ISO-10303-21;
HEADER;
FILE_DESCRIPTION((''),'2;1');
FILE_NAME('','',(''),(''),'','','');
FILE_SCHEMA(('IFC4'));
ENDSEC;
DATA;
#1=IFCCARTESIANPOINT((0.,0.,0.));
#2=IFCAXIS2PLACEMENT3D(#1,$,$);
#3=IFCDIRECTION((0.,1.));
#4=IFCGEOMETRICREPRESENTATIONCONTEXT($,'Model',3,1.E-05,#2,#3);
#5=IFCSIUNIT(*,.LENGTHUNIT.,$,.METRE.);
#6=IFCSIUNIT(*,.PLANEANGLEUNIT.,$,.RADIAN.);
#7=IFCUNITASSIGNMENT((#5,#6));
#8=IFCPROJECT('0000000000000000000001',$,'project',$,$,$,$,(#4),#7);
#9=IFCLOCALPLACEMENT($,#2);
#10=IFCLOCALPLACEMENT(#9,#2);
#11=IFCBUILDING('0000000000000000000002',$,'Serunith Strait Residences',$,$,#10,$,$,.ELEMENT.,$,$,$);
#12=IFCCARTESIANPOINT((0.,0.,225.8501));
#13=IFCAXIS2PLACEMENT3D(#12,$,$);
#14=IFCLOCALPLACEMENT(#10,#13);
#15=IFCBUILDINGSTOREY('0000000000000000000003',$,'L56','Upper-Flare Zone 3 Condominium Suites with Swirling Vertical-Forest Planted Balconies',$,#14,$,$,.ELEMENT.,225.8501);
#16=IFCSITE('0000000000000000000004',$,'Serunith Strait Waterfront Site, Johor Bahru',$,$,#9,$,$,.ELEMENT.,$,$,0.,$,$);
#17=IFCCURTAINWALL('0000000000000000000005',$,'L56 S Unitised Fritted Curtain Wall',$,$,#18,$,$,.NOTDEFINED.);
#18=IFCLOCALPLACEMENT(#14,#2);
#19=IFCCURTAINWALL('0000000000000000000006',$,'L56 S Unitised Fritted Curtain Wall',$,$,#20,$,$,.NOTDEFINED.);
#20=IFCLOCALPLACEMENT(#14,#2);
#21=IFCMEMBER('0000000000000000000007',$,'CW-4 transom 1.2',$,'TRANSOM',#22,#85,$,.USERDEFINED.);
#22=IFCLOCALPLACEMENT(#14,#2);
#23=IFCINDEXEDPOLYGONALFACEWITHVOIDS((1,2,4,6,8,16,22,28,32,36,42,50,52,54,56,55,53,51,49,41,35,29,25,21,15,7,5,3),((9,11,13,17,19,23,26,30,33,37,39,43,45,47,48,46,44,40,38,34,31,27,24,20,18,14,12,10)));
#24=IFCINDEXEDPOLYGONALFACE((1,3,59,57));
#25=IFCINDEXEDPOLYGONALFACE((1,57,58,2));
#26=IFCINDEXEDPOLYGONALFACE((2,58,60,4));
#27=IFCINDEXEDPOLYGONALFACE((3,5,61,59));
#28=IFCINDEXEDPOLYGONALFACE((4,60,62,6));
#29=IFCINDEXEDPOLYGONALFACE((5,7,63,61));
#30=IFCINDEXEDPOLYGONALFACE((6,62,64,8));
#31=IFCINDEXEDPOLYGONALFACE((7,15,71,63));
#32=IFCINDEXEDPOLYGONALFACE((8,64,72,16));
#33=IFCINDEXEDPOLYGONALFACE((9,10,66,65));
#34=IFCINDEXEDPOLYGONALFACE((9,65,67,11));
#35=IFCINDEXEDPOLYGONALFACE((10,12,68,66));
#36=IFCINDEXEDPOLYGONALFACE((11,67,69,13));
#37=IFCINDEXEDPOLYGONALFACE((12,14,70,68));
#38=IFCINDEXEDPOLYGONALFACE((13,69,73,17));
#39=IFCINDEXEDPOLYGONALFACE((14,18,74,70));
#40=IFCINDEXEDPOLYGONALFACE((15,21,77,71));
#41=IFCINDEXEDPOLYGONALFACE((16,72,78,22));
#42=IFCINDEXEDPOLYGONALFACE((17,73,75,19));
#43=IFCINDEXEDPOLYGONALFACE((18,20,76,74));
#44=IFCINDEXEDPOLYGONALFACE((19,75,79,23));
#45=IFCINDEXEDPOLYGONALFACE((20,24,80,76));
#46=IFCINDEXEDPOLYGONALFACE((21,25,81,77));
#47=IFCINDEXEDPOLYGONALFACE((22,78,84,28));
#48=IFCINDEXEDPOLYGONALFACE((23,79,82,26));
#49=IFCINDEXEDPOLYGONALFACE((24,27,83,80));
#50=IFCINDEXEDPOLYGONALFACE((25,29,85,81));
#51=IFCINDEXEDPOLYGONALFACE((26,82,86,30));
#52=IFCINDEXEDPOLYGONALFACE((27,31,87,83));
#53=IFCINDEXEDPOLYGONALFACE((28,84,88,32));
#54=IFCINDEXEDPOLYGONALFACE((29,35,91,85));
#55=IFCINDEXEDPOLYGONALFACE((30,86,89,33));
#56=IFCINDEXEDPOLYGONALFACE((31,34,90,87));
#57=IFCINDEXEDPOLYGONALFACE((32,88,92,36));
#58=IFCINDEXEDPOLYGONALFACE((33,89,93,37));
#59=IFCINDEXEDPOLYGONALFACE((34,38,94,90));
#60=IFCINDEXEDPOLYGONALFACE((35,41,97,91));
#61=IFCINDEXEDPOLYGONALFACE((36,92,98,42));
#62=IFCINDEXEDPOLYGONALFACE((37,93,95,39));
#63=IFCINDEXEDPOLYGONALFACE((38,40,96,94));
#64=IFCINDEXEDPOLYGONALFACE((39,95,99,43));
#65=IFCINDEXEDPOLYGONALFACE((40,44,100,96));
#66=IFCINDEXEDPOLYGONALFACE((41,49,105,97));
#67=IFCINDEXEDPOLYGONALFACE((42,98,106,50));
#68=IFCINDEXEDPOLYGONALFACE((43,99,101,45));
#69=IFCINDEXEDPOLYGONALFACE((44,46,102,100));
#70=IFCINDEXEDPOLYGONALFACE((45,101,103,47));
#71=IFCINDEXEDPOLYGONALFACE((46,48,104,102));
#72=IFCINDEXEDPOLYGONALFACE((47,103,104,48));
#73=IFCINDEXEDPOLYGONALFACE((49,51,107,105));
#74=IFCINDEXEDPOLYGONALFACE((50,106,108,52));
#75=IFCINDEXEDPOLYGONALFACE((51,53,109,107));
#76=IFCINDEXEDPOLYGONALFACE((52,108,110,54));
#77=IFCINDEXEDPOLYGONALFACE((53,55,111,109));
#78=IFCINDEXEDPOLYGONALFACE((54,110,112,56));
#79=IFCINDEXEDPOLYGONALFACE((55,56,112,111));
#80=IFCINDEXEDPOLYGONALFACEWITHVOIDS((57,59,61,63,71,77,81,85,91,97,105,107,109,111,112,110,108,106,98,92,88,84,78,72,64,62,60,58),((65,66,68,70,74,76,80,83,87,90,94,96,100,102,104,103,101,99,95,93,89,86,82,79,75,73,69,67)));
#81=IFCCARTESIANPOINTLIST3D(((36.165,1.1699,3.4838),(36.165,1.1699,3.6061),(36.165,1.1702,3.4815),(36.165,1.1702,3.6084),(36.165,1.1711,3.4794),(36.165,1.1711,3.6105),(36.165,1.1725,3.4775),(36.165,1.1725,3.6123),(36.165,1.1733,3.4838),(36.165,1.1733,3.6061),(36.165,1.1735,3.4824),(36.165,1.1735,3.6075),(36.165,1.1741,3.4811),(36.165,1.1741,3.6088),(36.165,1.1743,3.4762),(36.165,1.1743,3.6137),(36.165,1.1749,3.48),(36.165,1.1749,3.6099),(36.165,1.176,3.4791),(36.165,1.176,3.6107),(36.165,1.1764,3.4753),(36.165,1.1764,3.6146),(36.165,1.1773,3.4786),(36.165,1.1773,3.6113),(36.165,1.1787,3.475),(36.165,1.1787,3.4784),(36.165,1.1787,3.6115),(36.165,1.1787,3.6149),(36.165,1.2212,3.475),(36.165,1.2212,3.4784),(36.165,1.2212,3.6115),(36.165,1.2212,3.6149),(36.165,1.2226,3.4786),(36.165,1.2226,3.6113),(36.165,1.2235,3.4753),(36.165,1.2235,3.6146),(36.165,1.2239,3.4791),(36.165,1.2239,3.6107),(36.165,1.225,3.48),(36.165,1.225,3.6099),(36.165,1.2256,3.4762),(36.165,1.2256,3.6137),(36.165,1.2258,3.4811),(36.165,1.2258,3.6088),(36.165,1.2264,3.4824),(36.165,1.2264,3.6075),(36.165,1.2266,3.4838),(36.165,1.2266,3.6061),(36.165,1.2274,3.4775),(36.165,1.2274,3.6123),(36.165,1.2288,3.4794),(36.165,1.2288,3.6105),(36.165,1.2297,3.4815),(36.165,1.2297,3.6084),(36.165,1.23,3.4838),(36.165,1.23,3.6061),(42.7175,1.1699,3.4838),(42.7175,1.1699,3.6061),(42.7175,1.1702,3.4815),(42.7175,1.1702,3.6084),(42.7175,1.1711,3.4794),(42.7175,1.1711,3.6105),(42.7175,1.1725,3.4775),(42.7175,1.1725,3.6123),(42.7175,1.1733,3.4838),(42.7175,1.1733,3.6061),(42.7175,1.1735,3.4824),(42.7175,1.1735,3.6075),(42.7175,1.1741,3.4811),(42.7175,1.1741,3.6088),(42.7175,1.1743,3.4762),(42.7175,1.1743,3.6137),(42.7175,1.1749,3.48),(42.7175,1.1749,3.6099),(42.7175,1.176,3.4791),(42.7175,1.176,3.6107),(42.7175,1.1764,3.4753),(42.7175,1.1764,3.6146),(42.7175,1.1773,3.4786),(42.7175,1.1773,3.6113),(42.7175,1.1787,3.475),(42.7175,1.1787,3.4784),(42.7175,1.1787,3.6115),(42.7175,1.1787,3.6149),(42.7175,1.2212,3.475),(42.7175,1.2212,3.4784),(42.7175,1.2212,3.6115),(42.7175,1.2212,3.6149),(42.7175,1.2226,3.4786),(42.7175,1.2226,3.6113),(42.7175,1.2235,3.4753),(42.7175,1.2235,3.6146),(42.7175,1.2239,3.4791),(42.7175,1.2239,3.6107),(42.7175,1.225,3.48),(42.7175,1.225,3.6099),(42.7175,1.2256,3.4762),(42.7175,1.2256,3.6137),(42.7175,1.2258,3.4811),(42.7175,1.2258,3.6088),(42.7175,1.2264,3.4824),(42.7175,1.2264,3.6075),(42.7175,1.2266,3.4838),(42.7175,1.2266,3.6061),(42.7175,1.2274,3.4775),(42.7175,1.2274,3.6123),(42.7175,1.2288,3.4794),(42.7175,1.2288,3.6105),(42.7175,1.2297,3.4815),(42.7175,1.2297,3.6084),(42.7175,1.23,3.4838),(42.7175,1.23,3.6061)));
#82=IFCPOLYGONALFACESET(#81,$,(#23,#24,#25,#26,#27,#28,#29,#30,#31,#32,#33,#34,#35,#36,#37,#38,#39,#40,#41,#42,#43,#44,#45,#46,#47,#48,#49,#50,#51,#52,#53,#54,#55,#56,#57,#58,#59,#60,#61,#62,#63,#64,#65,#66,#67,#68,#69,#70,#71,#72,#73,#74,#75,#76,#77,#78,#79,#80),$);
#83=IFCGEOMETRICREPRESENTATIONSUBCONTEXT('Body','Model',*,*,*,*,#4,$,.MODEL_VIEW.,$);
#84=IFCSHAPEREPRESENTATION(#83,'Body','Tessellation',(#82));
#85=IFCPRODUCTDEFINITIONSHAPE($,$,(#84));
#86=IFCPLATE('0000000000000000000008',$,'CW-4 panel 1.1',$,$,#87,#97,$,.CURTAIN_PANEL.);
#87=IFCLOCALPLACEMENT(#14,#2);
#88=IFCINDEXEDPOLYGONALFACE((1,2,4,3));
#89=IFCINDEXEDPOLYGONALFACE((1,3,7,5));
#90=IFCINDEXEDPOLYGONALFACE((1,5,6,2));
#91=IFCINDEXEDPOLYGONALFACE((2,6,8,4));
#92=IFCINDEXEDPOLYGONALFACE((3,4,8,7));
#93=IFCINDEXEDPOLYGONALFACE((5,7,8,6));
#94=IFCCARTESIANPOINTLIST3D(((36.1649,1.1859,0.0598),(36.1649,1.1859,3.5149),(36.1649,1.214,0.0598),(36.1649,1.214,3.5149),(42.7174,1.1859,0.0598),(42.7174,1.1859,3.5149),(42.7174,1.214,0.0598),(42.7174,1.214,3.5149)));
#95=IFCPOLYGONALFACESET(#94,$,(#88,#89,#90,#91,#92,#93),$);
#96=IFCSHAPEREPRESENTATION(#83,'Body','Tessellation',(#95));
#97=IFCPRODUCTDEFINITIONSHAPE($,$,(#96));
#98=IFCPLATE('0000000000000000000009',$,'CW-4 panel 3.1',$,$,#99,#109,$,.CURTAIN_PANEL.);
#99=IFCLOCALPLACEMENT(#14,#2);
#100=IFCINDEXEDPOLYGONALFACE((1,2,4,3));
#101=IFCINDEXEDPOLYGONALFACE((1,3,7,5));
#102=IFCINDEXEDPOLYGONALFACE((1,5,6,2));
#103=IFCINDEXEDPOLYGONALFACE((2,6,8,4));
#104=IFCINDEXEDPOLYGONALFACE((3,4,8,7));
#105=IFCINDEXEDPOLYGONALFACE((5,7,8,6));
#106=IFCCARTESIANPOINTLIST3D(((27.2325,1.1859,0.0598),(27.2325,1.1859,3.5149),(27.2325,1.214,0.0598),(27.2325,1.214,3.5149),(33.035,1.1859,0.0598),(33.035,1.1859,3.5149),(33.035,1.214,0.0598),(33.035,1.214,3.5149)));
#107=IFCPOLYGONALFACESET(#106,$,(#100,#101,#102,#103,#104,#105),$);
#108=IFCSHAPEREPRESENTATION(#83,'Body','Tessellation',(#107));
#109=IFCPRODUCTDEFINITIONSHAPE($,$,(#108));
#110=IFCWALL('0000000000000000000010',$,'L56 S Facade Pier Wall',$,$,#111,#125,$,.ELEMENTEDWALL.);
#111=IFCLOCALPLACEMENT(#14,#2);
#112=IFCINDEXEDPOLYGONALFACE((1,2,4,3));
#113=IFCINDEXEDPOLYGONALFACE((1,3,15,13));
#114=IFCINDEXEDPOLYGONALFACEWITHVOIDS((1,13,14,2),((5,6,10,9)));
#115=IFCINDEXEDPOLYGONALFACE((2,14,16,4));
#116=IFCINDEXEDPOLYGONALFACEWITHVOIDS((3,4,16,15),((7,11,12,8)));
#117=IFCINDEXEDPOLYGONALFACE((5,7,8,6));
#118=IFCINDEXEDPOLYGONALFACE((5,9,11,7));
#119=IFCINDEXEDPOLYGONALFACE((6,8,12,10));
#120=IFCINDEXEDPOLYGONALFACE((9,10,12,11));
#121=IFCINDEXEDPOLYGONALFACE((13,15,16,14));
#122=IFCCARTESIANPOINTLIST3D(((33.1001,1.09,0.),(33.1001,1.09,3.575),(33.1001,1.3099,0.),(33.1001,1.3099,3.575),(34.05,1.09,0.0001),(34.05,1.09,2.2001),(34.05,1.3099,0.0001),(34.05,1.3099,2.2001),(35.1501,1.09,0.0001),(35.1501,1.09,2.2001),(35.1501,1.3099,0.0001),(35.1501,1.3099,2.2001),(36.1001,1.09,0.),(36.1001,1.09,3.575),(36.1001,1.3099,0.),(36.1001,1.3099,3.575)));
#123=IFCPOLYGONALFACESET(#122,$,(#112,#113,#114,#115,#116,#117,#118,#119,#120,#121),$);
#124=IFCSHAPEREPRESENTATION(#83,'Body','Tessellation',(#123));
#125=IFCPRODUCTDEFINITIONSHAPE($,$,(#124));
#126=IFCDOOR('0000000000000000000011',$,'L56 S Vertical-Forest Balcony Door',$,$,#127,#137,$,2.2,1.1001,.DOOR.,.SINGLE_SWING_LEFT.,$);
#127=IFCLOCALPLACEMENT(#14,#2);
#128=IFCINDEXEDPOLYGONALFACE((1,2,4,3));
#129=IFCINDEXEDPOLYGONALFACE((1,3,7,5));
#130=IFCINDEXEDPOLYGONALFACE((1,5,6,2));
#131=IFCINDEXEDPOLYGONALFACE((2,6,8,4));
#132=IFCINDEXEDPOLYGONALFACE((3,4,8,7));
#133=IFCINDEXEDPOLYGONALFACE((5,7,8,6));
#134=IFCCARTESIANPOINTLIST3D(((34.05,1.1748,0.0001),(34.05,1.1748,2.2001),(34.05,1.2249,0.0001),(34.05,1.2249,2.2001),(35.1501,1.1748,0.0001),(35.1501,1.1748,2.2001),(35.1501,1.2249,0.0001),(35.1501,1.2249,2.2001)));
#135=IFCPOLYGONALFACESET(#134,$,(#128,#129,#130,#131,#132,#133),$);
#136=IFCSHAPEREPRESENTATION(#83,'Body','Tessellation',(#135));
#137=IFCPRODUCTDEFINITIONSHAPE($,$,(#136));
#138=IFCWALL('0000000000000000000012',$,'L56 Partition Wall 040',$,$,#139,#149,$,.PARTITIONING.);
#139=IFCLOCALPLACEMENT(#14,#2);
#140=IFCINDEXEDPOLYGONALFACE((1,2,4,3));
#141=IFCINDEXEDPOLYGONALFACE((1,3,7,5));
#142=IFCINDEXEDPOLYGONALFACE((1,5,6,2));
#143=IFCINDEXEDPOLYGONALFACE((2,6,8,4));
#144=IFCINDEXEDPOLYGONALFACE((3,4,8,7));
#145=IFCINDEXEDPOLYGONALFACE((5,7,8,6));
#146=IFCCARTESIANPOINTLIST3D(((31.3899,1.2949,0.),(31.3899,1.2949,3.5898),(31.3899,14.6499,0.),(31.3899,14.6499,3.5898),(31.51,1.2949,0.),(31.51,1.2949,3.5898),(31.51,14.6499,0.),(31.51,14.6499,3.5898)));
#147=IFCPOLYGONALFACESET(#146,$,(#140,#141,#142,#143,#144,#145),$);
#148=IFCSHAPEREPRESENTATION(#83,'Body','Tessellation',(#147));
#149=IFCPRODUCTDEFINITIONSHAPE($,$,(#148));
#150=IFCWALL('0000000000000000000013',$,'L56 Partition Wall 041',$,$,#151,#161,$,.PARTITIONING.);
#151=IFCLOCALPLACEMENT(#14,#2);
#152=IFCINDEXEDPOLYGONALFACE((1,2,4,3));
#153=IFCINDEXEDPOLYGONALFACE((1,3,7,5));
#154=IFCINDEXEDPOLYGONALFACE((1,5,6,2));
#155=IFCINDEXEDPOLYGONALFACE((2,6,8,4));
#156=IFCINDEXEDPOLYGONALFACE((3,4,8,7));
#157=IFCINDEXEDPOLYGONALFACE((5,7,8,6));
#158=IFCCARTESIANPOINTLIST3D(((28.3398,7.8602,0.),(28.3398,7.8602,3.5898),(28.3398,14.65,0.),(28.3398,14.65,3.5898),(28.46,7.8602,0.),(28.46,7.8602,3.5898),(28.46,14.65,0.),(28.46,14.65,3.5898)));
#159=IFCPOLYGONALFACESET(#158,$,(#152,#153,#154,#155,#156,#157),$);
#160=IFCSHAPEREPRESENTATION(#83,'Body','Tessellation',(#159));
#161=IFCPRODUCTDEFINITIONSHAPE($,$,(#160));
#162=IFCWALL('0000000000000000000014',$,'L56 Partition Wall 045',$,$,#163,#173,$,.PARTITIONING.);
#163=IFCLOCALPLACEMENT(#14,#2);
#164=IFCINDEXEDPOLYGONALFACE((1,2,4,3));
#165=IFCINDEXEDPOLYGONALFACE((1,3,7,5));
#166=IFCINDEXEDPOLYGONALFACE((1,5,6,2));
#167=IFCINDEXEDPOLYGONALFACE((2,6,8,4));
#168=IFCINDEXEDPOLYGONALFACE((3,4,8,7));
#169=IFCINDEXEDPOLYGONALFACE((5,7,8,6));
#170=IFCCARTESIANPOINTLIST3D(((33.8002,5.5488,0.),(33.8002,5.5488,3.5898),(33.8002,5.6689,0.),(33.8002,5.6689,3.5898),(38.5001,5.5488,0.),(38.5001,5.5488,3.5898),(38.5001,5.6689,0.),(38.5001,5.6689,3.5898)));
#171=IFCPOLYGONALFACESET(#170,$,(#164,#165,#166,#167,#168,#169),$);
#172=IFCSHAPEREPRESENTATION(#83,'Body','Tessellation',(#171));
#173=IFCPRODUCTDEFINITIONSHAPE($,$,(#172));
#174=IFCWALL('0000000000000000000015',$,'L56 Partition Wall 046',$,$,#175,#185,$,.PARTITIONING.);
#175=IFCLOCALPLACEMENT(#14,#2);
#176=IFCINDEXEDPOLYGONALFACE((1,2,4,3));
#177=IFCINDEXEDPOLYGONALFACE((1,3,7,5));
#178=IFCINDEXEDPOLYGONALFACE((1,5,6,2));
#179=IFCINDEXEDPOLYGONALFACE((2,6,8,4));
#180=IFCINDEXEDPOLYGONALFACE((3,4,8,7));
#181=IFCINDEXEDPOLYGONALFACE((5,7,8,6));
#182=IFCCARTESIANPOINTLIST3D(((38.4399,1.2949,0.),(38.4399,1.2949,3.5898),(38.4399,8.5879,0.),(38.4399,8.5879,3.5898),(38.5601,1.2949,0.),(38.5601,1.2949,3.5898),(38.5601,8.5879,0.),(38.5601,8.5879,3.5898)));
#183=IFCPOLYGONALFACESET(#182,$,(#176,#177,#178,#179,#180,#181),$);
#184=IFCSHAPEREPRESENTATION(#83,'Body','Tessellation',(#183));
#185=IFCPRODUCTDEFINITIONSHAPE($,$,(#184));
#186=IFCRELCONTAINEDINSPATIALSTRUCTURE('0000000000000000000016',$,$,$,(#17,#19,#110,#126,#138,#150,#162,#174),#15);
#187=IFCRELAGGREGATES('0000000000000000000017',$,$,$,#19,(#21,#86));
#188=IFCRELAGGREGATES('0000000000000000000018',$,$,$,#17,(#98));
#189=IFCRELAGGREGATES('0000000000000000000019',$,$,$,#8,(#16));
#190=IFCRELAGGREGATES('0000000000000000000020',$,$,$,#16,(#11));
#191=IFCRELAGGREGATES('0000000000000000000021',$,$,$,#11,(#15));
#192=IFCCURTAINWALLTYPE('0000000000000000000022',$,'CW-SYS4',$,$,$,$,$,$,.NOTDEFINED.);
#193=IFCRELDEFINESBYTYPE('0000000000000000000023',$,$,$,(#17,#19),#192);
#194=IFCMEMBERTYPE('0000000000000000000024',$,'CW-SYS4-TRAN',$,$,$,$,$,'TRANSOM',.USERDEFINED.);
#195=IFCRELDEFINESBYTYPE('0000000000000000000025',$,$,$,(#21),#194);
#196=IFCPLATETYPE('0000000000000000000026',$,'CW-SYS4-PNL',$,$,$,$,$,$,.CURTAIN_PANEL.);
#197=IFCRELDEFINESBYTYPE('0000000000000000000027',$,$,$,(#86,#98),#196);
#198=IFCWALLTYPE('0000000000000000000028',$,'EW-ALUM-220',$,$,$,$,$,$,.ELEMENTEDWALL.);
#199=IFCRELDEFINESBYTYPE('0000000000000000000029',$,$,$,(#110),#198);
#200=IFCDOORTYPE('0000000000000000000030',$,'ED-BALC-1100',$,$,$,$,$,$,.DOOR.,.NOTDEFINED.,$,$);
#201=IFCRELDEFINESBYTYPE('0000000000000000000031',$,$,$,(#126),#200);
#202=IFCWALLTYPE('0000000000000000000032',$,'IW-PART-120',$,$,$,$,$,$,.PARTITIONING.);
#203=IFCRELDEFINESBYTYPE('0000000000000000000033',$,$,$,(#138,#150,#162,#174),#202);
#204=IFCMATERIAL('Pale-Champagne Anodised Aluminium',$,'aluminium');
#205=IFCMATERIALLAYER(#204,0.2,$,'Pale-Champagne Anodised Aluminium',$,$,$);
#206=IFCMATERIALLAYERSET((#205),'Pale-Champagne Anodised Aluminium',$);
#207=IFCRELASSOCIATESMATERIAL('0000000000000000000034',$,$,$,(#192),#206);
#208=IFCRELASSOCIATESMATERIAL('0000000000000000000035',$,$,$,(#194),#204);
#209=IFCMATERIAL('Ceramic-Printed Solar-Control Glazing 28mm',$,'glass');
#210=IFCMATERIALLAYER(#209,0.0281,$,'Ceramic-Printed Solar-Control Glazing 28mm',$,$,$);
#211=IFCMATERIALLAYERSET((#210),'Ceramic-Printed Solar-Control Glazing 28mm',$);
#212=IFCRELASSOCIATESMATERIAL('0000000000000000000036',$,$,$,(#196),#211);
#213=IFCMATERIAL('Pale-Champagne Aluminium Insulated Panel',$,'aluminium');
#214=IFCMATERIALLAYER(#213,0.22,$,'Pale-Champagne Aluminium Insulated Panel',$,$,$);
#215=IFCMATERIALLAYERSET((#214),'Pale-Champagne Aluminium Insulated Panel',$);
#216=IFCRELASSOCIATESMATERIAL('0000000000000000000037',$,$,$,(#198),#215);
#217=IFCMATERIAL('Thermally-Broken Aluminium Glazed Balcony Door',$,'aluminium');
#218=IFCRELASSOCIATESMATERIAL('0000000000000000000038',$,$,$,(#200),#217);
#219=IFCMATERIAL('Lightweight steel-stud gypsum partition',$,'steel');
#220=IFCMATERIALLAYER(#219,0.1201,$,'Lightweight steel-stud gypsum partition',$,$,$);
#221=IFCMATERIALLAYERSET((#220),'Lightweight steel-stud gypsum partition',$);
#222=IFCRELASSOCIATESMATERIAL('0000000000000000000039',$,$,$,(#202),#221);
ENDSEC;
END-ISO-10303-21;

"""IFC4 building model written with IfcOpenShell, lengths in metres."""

from ifc_helpers import new_model, si_unit, direction, frame, frame_2d, origin, origin_2d, place, context, subcontext, project, spatial, rectangle, hollow_rectangle, extrude, source, transform, mapped, material, layer, layer_set, material_profile, profile_set, type_object, element, fill, aggregate, save


model = new_model("IFC4")

# Units and contexts
model_context = context("Model", 3, precision=1e-05, world=origin(), true_north=direction((0.0, 1.0)))
body_context = subcontext(model_context, "Body", "Model", "MODEL_VIEW")
ifc_project = project(units=[si_unit("LENGTHUNIT", "METRE"), si_unit("PLANEANGLEUNIT", "RADIAN")], contexts=[model_context])

# Site, building, storey
site_placement = place(None, origin())
site = spatial("IfcSite", under=ifc_project, at=site_placement, Name="Serunith Strait Waterfront Site, Johor Bahru", CompositionType="ELEMENT", RefElevation=0.0)
building_placement = place(site_placement, origin())
building = spatial("IfcBuilding", under=site, at=building_placement, Name="Serunith Strait Residences", CompositionType="ELEMENT")
storey_placement = place(building_placement, frame((0.0, 0.0, 225.8501)))
storey = spatial("IfcBuildingStorey", under=building, at=storey_placement, Name="L56", Description="Upper-Flare Zone 3 Condominium Suites with Swirling Vertical-Forest Planted Balconies", CompositionType="ELEMENT", Elevation=225.8501)

# Curtain wall
ifc_material_1 = material(Name="Pale-Champagne Anodised Aluminium", Category="aluminium")
ifc_layer_1 = layer(ifc_material_1, 0.2, Name="Pale-Champagne Anodised Aluminium")
ifc_layer_set_1 = layer_set([ifc_layer_1], Name="Pale-Champagne Anodised Aluminium")
curtain_wall_type = type_object("IfcCurtainWallType", Name="CW-SYS4", PredefinedType="NOTDEFINED", material=ifc_layer_set_1)
curtain_wall_1_placement = place(storey_placement, origin())
curtain_wall_1 = element("IfcCurtainWall", 1, at=curtain_wall_1_placement, inside=storey, type_object=curtain_wall_type, Name="L56 S Unitised Fritted Curtain Wall", PredefinedType="NOTDEFINED")

# Curtain wall, member, plate
curtain_wall_2_placement = place(storey_placement, origin())
curtain_wall_2 = element("IfcCurtainWall", 2, at=curtain_wall_2_placement, inside=storey, type_object=curtain_wall_type, Name="L56 S Unitised Fritted Curtain Wall", PredefinedType="NOTDEFINED")
ifc_material_profile_1 = material_profile(ifc_material_1, hollow_rectangle(XDim=0.0601, YDim=0.1399, WallThickness=0.0034, InnerFilletRadius=0.0054, OuterFilletRadius=0.0088, at=origin_2d()), Name="ALU 140x60x3.5")
ifc_profile_set_1 = profile_set([ifc_material_profile_1], Name="Pale-Champagne Anodised Aluminium")
member_type_1 = type_object("IfcMemberType", Name="CW-SYS4-TRAN", ElementType="TRANSOM", PredefinedType="USERDEFINED", material=ifc_profile_set_1)
shared_shape_1 = source(origin(), body_context, "Body", "SweptSolid", [
    extrude(hollow_rectangle(XDim=0.0601, YDim=0.1399, WallThickness=0.0034, InnerFilletRadius=0.0054, OuterFilletRadius=0.0088, at=origin_2d()), origin(), (0.0, 0.0, 1.0), 6.5525),
])
member_1_placement = place(storey_placement, frame((36.165, 1.2, 3.5449), z_axis=(1.0, 0.0, 0.0), x_axis=(0.0, 1.0, 0.0)))
member_1 = element("IfcMember", 3, at=member_1_placement, type_object=member_type_1, Name="CW-4 transom 1.2", ObjectType="TRANSOM", PredefinedType="USERDEFINED", context=body_context, shape_type="MappedRepresentation", body=[
    mapped(shared_shape_1, transform((0.0, 0.0, 0.0), scale=1.0)),
])
ifc_material_2 = material(Name="Ceramic-Printed Solar-Control Glazing 28mm", Category="glass")
ifc_layer_2 = layer(ifc_material_2, 0.0281, Name="Ceramic-Printed Solar-Control Glazing 28mm")
ifc_layer_set_2 = layer_set([ifc_layer_2], Name="Ceramic-Printed Solar-Control Glazing 28mm")
plate_type = type_object("IfcPlateType", Name="CW-SYS4-PNL", PredefinedType="CURTAIN_PANEL", material=ifc_layer_set_2)
shared_shape_2 = source(origin(), body_context, "Body", "SweptSolid", [
    extrude(rectangle(XDim=6.5525, YDim=0.0281, at=origin_2d()), origin(), (0.0, 0.0, 1.0), 3.4551),
])
plate_1_placement = place(storey_placement, frame((39.4412, 1.2, 0.0598), z_axis=(0.0, 0.0, 1.0), x_axis=(1.0, 0.0, 0.0)))
plate_1 = element("IfcPlate", 4, at=plate_1_placement, type_object=plate_type, Name="CW-4 panel 1.1", PredefinedType="CURTAIN_PANEL", context=body_context, shape_type="MappedRepresentation", body=[
    mapped(shared_shape_2, transform((0.0, 0.0, 0.0), scale=1.0)),
])
aggregate(curtain_wall_2, [member_1, plate_1])

# Plate
shared_shape_3 = source(origin(), body_context, "Body", "SweptSolid", [
    extrude(rectangle(XDim=5.8025, YDim=0.0281, at=origin_2d()), origin(), (0.0, 0.0, 1.0), 3.4551),
])
plate_2_placement = place(storey_placement, frame((30.1338, 1.2, 0.0598), z_axis=(0.0, 0.0, 1.0), x_axis=(1.0, 0.0, 0.0)))
plate_2 = element("IfcPlate", 5, at=plate_2_placement, type_object=plate_type, Name="CW-4 panel 3.1", PredefinedType="CURTAIN_PANEL", context=body_context, shape_type="MappedRepresentation", body=[
    mapped(shared_shape_3, transform((0.0, 0.0, 0.0), scale=1.0)),
])
aggregate(curtain_wall_1, [plate_2])

# Wall, opening, door
ifc_material_3 = material(Name="Pale-Champagne Aluminium Insulated Panel", Category="aluminium")
ifc_layer_3 = layer(ifc_material_3, 0.22, Name="Pale-Champagne Aluminium Insulated Panel")
ifc_layer_set_3 = layer_set([ifc_layer_3], Name="Pale-Champagne Aluminium Insulated Panel")
wall_type_1 = type_object("IfcWallType", Name="EW-ALUM-220", PredefinedType="ELEMENTEDWALL", material=ifc_layer_set_3)
wall_1_placement = place(storey_placement, frame((33.1001, 1.2, 0.0), z_axis=(0.0, 0.0, 1.0), x_axis=(1.0, 0.0, 0.0)))
wall_1 = element("IfcWall", 6, at=wall_1_placement, inside=storey, type_object=wall_type_1, Name="L56 S Facade Pier Wall", PredefinedType="ELEMENTEDWALL", context=body_context, shape_type="SweptSolid", body=[
    extrude(rectangle(XDim=3.0, YDim=0.22, at=frame_2d((1.5, 0.0))), origin(), (0.0, 0.0, 1.0), 3.575),
])
opening_1_placement = place(wall_1_placement, frame((0.95, 0.0, 0.0)))
opening_1 = element("IfcOpeningElement", 7, at=opening_1_placement, cuts=wall_1, PredefinedType="OPENING", context=body_context, shape_type="SweptSolid", body=[
    extrude(rectangle(XDim=1.1001, YDim=2.2, at=frame_2d((0.55, 1.1001))), frame((0.0, 0.1201, 0.0), z_axis=(0.0, -1.0, 0.0), x_axis=(1.0, 0.0, 0.0)), (0.0, 0.0, 1.0), 0.24),
])
ifc_material_4 = material(Name="Thermally-Broken Aluminium Glazed Balcony Door", Category="aluminium")
door_type_1 = type_object("IfcDoorType", Name="ED-BALC-1100", OperationType="NOTDEFINED", PredefinedType="DOOR", material=ifc_material_4)
shared_shape_4 = source(origin(), body_context, "Body", "SweptSolid", [
    extrude(rectangle(XDim=1.1001, YDim=2.2, at=frame_2d((0.55, 1.1001))), frame((0.0, 0.0249, 0.0), z_axis=(0.0, -1.0, 0.0), x_axis=(1.0, 0.0, 0.0)), (0.0, 0.0, 1.0), 0.05),
])
door_1_placement = place(opening_1_placement, origin())
door_1 = element("IfcDoor", 8, at=door_1_placement, inside=storey, type_object=door_type_1, Name="L56 S Vertical-Forest Balcony Door", OperationType="SINGLE_SWING_LEFT", OverallHeight=2.2, OverallWidth=1.1001, PredefinedType="DOOR", context=body_context, shape_type="MappedRepresentation", body=[
    mapped(shared_shape_4, transform((0.0, 0.0, 0.0), scale=1.0)),
])
fill(opening_1, door_1)

# Walls
ifc_material_5 = material(Name="Lightweight steel-stud gypsum partition", Category="steel")
ifc_layer_4 = layer(ifc_material_5, 0.1201, Name="Lightweight steel-stud gypsum partition")
ifc_layer_set_4 = layer_set([ifc_layer_4], Name="Lightweight steel-stud gypsum partition")
wall_type_2 = type_object("IfcWallType", Name="IW-PART-120", PredefinedType="PARTITIONING", material=ifc_layer_set_4)
wall_2_placement = place(storey_placement, frame((31.45, 1.2949, 0.0), z_axis=(0.0, 0.0, 1.0), x_axis=(0.0, 1.0, 0.0)))
element("IfcWall", 9, at=wall_2_placement, inside=storey, type_object=wall_type_2, Name="L56 Partition Wall 040", PredefinedType="PARTITIONING", context=body_context, shape_type="SweptSolid", body=[
    extrude(rectangle(XDim=13.355, YDim=0.1201, at=frame_2d((6.6775, 0.0))), origin(), (0.0, 0.0, 1.0), 3.5898),
])
wall_3_placement = place(storey_placement, frame((28.3999, 7.8601, 0.0), z_axis=(0.0, 0.0, 1.0), x_axis=(0.0, 1.0, 0.0)))
element("IfcWall", 10, at=wall_3_placement, inside=storey, type_object=wall_type_2, Name="L56 Partition Wall 041", PredefinedType="PARTITIONING", context=body_context, shape_type="SweptSolid", body=[
    extrude(rectangle(XDim=6.7898, YDim=0.1201, at=frame_2d((3.395, 0.0))), origin(), (0.0, 0.0, 1.0), 3.5898),
])
wall_4_placement = place(storey_placement, frame((33.8, 5.6089, 0.0), z_axis=(0.0, 0.0, 1.0), x_axis=(1.0, 0.0, 0.0)))
element("IfcWall", 11, at=wall_4_placement, inside=storey, type_object=wall_type_2, Name="L56 Partition Wall 045", PredefinedType="PARTITIONING", context=body_context, shape_type="SweptSolid", body=[
    extrude(rectangle(XDim=4.7, YDim=0.1201, at=frame_2d((2.3501, 0.0))), origin(), (0.0, 0.0, 1.0), 3.5898),
])
wall_5_placement = place(storey_placement, frame((38.5, 1.2949, 0.0), z_axis=(0.0, 0.0, 1.0), x_axis=(0.0, 1.0, 0.0)))
element("IfcWall", 12, at=wall_5_placement, inside=storey, type_object=wall_type_2, Name="L56 Partition Wall 046", PredefinedType="PARTITIONING", context=body_context, shape_type="SweptSolid", body=[
    extrude(rectangle(XDim=7.293, YDim=0.1201, at=frame_2d((3.6465, 0.0))), origin(), (0.0, 0.0, 1.0), 3.5898),
])

save(model, "model.ifc")
